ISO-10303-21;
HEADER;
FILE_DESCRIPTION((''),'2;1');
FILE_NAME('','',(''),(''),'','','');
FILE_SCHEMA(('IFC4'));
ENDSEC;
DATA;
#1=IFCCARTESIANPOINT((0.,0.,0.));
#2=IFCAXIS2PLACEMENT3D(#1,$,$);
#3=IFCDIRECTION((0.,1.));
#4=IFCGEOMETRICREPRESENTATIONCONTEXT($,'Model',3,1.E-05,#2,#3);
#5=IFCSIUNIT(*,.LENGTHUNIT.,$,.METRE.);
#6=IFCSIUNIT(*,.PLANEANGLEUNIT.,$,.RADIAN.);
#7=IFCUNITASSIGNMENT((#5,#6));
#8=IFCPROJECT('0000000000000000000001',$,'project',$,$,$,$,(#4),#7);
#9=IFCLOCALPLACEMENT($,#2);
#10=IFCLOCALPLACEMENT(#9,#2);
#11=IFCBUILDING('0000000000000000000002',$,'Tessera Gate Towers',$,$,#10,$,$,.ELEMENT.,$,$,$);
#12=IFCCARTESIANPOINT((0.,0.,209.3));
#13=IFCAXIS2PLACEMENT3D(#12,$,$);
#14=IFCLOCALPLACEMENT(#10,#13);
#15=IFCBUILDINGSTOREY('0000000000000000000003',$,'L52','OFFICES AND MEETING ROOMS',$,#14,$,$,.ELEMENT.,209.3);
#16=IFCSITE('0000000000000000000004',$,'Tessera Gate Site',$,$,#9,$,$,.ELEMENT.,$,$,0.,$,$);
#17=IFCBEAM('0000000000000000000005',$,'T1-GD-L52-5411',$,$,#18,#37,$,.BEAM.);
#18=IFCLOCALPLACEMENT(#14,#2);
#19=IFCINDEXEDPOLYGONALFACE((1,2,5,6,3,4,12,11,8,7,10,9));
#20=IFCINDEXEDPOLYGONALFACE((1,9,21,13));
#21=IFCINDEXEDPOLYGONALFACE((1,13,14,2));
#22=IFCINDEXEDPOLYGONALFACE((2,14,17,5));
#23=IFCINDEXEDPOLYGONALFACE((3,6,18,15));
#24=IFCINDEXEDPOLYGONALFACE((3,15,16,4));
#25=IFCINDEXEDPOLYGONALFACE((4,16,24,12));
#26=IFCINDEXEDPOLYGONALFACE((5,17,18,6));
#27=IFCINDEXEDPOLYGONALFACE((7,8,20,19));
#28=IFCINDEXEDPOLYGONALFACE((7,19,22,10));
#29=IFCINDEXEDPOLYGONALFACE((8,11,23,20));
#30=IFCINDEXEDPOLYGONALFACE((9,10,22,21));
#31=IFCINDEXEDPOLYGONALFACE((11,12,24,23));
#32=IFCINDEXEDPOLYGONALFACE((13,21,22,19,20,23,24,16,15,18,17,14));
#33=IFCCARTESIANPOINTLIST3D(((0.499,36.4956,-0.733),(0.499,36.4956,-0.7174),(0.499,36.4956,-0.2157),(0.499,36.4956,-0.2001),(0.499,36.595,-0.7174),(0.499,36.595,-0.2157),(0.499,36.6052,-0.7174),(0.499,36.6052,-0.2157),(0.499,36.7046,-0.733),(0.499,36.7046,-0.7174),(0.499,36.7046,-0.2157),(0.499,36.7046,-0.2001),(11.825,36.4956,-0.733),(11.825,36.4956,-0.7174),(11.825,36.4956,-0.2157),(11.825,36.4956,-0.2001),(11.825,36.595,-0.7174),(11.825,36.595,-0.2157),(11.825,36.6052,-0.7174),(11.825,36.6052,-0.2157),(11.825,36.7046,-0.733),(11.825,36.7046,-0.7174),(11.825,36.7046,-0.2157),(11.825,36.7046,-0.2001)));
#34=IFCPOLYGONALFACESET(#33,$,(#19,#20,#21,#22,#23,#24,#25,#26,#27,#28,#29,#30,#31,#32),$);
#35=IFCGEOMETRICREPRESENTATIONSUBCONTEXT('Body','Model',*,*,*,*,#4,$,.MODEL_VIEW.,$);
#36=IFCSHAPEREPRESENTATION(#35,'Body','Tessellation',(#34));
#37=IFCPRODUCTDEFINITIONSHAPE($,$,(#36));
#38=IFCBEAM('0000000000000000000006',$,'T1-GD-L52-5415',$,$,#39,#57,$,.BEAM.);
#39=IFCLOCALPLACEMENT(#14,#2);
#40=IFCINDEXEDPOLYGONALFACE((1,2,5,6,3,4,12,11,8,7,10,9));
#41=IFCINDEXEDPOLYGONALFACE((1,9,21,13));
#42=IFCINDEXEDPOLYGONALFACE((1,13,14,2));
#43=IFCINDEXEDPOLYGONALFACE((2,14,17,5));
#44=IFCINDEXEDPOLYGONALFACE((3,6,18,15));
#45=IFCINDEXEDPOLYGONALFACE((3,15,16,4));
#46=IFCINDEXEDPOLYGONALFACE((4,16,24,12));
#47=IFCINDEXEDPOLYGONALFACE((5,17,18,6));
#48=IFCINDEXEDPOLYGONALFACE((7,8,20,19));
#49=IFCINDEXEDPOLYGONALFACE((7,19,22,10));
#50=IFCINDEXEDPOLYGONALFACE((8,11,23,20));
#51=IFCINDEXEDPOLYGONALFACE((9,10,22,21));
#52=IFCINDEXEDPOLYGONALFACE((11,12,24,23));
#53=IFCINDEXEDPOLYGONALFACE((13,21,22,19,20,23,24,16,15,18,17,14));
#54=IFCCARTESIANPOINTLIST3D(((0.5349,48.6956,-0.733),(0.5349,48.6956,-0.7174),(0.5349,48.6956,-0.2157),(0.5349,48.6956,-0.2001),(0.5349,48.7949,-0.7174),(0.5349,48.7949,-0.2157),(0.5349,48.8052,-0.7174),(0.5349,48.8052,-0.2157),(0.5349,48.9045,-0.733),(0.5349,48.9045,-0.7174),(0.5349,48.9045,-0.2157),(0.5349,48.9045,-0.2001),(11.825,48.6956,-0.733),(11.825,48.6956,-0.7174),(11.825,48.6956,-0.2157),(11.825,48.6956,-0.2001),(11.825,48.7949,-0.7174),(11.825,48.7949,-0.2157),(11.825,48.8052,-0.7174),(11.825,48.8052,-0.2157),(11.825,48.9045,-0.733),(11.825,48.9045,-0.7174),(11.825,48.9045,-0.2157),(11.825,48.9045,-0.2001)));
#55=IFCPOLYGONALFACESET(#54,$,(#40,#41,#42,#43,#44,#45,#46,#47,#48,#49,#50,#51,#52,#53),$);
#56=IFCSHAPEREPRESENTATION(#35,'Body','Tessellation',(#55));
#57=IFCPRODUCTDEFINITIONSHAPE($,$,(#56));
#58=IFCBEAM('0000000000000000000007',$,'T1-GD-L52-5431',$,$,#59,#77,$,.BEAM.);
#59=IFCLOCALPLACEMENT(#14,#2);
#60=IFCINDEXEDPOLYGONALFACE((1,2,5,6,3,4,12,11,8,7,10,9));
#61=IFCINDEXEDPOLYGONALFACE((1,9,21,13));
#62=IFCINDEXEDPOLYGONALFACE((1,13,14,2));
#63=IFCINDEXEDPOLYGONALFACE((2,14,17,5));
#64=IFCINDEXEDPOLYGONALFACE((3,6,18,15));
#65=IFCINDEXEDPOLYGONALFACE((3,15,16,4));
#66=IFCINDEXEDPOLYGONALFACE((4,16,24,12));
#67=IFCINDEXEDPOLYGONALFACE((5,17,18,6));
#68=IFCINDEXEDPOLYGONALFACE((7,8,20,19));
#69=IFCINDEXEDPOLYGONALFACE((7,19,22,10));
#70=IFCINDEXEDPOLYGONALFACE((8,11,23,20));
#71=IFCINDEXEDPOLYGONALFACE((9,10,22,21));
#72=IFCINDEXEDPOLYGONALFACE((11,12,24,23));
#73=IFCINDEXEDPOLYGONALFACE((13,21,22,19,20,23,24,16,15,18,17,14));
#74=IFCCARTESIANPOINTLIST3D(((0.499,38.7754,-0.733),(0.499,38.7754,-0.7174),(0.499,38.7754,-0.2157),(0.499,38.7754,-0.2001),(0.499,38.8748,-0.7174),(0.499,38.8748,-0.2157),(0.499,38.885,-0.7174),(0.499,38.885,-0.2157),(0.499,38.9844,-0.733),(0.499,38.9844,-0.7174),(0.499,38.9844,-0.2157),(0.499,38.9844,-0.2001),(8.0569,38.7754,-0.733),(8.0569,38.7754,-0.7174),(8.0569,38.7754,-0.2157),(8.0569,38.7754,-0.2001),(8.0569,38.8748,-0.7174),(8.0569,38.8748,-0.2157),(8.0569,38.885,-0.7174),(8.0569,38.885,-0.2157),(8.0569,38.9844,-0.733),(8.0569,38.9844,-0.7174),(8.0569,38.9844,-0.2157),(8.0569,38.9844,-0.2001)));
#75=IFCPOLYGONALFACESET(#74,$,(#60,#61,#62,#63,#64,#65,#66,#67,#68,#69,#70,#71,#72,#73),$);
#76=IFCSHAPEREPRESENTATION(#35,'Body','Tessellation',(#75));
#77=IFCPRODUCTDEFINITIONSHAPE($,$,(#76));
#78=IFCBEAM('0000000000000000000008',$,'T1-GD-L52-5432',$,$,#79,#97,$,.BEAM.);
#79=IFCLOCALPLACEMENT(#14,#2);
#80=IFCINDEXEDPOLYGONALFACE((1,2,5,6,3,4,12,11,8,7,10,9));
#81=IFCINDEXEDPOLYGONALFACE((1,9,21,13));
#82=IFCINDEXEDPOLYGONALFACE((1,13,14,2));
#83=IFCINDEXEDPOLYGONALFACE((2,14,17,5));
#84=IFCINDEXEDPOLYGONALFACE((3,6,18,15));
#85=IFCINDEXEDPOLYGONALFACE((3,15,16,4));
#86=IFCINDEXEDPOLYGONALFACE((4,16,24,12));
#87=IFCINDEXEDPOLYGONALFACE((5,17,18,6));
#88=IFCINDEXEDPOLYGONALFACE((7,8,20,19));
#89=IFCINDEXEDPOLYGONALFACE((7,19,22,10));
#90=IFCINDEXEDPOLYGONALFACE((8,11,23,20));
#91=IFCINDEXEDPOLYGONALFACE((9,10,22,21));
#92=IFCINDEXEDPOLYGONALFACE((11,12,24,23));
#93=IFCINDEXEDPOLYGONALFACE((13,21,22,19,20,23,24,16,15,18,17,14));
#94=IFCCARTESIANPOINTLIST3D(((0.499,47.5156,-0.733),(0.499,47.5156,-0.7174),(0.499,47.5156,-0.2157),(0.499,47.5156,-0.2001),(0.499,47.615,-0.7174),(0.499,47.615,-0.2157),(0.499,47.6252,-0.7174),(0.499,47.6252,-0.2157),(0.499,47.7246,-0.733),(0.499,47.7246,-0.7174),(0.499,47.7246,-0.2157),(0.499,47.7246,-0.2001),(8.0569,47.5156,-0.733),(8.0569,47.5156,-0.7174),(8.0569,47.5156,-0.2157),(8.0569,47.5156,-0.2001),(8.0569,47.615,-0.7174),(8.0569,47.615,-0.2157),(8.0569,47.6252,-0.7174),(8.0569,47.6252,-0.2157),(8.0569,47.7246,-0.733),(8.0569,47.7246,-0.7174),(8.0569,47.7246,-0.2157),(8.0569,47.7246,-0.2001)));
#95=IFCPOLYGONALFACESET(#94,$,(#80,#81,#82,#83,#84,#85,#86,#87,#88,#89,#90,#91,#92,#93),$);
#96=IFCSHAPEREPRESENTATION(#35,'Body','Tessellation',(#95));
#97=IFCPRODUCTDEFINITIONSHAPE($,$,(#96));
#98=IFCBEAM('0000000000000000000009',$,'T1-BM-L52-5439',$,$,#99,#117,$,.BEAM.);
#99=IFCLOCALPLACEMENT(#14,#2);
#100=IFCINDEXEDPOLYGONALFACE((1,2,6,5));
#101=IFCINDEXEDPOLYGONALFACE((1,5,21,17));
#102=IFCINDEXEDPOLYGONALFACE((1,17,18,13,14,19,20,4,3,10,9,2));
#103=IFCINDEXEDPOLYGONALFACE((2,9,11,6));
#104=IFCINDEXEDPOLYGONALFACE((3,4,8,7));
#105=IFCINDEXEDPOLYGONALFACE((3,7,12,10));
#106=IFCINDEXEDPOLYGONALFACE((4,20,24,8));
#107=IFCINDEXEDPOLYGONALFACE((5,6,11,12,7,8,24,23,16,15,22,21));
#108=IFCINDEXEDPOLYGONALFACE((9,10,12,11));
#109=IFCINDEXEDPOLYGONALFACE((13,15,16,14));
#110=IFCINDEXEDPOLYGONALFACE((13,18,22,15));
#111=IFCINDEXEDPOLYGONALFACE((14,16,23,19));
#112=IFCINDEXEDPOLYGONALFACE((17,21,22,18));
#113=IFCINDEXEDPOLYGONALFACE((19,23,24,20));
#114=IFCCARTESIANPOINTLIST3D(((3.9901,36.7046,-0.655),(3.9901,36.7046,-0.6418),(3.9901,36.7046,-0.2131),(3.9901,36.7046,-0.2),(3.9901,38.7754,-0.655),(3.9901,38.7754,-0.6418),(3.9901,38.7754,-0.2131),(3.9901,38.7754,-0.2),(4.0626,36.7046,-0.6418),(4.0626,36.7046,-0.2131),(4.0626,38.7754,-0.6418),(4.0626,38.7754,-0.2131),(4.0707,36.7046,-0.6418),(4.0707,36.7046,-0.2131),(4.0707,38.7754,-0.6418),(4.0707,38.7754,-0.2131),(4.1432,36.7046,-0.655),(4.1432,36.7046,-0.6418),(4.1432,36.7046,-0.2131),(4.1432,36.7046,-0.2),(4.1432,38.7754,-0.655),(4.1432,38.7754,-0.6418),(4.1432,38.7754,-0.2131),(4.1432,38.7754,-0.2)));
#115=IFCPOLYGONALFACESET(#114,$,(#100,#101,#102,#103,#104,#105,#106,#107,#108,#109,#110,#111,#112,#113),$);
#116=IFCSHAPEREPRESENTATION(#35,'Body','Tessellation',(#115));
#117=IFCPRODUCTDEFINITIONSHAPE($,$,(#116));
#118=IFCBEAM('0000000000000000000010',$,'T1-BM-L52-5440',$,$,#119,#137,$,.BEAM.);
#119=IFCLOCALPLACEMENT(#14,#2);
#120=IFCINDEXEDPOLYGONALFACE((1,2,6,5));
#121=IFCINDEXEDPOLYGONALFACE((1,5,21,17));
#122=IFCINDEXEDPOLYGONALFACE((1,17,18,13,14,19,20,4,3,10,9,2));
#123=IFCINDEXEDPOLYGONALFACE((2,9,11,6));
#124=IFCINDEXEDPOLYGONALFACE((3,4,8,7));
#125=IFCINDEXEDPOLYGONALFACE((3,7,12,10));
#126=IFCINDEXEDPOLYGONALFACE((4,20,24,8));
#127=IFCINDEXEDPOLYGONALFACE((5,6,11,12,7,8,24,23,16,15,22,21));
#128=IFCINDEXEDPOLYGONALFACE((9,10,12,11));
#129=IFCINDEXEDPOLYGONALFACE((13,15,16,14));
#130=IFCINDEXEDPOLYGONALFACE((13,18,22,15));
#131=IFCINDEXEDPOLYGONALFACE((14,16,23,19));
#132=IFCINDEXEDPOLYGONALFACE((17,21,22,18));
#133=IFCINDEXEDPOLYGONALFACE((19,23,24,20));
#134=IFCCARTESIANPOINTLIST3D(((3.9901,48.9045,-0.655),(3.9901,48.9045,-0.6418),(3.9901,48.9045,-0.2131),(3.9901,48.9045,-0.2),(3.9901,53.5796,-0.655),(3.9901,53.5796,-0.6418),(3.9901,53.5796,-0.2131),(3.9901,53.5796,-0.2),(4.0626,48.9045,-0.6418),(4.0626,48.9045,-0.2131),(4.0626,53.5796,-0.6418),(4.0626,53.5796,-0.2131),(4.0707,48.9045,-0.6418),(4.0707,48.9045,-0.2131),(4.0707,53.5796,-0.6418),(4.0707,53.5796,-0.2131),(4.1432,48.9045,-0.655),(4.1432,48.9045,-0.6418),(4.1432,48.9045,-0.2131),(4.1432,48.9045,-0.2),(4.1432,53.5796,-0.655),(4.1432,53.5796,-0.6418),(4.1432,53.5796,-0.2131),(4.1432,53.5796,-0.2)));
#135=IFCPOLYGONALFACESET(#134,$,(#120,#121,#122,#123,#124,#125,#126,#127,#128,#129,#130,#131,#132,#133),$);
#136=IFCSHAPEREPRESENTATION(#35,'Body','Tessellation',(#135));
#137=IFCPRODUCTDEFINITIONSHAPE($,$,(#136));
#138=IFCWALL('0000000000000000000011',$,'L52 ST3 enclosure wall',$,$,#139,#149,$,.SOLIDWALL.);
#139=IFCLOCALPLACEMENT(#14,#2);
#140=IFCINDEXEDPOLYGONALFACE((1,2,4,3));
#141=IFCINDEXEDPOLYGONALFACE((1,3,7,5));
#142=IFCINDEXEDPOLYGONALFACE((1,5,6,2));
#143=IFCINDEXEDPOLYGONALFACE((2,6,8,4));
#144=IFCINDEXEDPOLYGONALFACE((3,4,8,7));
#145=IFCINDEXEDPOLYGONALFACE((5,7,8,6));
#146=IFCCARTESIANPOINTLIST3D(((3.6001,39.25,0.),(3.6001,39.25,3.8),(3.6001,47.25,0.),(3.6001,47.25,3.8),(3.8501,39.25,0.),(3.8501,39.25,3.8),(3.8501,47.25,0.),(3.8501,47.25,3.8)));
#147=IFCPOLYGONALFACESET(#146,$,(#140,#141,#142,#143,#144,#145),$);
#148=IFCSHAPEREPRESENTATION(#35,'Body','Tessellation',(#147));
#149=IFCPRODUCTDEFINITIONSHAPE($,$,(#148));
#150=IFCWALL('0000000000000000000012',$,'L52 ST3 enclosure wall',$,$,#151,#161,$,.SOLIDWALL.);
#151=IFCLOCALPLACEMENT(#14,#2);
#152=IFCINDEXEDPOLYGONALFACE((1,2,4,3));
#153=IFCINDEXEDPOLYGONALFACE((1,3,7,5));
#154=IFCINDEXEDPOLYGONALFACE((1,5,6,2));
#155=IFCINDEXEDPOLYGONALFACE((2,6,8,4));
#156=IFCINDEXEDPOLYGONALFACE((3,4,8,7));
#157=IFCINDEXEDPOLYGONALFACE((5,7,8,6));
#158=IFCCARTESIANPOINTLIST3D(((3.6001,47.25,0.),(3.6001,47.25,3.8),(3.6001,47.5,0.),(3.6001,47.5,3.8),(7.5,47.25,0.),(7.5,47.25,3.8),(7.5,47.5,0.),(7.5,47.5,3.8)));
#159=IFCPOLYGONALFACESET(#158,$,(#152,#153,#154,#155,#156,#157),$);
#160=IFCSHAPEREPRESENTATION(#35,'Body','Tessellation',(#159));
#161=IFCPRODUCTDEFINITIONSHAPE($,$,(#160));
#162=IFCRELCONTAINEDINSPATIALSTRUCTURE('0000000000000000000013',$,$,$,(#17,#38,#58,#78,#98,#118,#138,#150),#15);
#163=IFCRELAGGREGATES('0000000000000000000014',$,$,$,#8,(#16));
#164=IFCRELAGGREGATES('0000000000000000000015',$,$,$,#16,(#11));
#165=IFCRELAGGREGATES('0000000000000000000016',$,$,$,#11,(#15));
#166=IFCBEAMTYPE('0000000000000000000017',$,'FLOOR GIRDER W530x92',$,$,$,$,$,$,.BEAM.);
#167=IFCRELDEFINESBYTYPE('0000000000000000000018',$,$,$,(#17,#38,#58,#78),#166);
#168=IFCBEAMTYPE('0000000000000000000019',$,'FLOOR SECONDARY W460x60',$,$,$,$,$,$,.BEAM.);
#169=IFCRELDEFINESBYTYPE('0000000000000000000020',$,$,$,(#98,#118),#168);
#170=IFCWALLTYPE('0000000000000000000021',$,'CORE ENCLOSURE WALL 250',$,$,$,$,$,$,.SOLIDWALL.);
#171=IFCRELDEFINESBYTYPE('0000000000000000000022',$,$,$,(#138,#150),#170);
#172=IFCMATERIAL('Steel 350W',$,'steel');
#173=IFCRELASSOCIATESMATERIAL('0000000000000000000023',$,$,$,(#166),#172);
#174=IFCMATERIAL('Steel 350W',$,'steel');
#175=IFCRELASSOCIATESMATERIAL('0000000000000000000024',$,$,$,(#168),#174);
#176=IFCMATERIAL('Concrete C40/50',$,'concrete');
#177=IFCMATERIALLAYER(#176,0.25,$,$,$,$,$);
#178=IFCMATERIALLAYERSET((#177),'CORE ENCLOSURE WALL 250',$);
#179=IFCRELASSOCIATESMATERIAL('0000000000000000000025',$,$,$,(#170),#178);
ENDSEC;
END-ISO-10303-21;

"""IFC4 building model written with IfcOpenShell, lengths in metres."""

from ifc_helpers import new_model, si_unit, direction, frame, frame_2d, origin, origin_2d, place, context, subcontext, project, spatial, rectangle, i_section, extrude, material, layer, layer_set, material_profile, profile_set, type_object, element, save


model = new_model("IFC4")

# Units and contexts
model_context = context("Model", 3, precision=1e-05, world=origin(), true_north=direction((0.0, 1.0)))
body_context = subcontext(model_context, "Body", "Model", "MODEL_VIEW")
ifc_project = project(units=[si_unit("LENGTHUNIT", "METRE"), si_unit("PLANEANGLEUNIT", "RADIAN")], contexts=[model_context])

# Site, building, storey
site_placement = place(None, origin())
site = spatial("IfcSite", under=ifc_project, at=site_placement, Name="Tessera Gate Site", CompositionType="ELEMENT", RefElevation=0.0)
building_placement = place(site_placement, origin())
building = spatial("IfcBuilding", under=site, at=building_placement, Name="Tessera Gate Towers", CompositionType="ELEMENT")
storey_placement = place(building_placement, frame((0.0, 0.0, 209.3)))
storey = spatial("IfcBuildingStorey", under=building, at=storey_placement, Name="L52", Description="OFFICES AND MEETING ROOMS", CompositionType="ELEMENT", Elevation=209.3)

# Beams
ifc_material_1 = material(Name="Steel 350W", Category="steel")
ifc_material_profile_1 = material_profile(ifc_material_1, i_section(OverallWidth=0.209, OverallDepth=0.533, WebThickness=0.0103, FlangeThickness=0.0156, at=origin_2d()), Name="W530x92")
ifc_profile_set_1 = profile_set([ifc_material_profile_1], Name="Steel 350W")
beam_type_1 = type_object("IfcBeamType", Name="FLOOR GIRDER W530x92", PredefinedType="BEAM", material=ifc_profile_set_1)
beam_1_placement = place(storey_placement, frame((0.499, 36.6001, -0.4666), z_axis=(1.0, 0.0, 0.0), x_axis=(0.0, 1.0, 0.0)))
element("IfcBeam", 1, at=beam_1_placement, inside=storey, type_object=beam_type_1, Name="T1-GD-L52-5411", PredefinedType="BEAM", context=body_context, shape_type="SweptSolid", body=[
    extrude(i_section(OverallWidth=0.209, OverallDepth=0.533, WebThickness=0.0103, FlangeThickness=0.0156, at=origin_2d()), origin(), (0.0, 0.0, 1.0), 11.3259),
])
beam_2_placement = place(storey_placement, frame((0.5349, 48.8, -0.4666), z_axis=(1.0, 0.0, 0.0), x_axis=(0.0, 1.0, 0.0)))
element("IfcBeam", 2, at=beam_2_placement, inside=storey, type_object=beam_type_1, Name="T1-GD-L52-5415", PredefinedType="BEAM", context=body_context, shape_type="SweptSolid", body=[
    extrude(i_section(OverallWidth=0.209, OverallDepth=0.533, WebThickness=0.0103, FlangeThickness=0.0156, at=origin_2d()), origin(), (0.0, 0.0, 1.0), 11.29),
])
for number, where, z_axis, x_axis, name in (
    (3, (0.499, 38.8799, -0.4666), (1.0, 0.0, 0.0), (0.0, 1.0, 0.0), "T1-GD-L52-5431"),
    (4, (0.499, 47.6201, -0.4666), (1.0, 0.0, 0.0), (0.0, 1.0, 0.0), "T1-GD-L52-5432"),
):
    element("IfcBeam", number, at=place(storey_placement, frame(where, z_axis=z_axis, x_axis=x_axis)), inside=storey, type_object=beam_type_1, Name=name, PredefinedType="BEAM", context=body_context, shape_type="SweptSolid", body=[
        extrude(i_section(OverallWidth=0.209, OverallDepth=0.533, WebThickness=0.0103, FlangeThickness=0.0156, at=origin_2d()), origin(), (0.0, 0.0, 1.0), 7.5579),
    ])
ifc_material_2 = material(Name="Steel 350W", Category="steel")
ifc_material_profile_2 = material_profile(ifc_material_2, i_section(OverallWidth=0.1531, OverallDepth=0.4551, WebThickness=0.0081, FlangeThickness=0.0132, at=origin_2d()), Name="W460x60")
ifc_profile_set_2 = profile_set([ifc_material_profile_2], Name="Steel 350W")
beam_type_2 = type_object("IfcBeamType", Name="FLOOR SECONDARY W460x60", PredefinedType="BEAM", material=ifc_profile_set_2)
beam_3_placement = place(storey_placement, frame((4.0667, 36.7046, -0.4275), z_axis=(0.0, 1.0, 0.0), x_axis=(-1.0, 0.0, 0.0)))
element("IfcBeam", 5, at=beam_3_placement, inside=storey, type_object=beam_type_2, Name="T1-BM-L52-5439", PredefinedType="BEAM", context=body_context, shape_type="SweptSolid", body=[
    extrude(i_section(OverallWidth=0.1531, OverallDepth=0.4551, WebThickness=0.0081, FlangeThickness=0.0132, at=origin_2d()), origin(), (0.0, 0.0, 1.0), 2.0708),
])
beam_4_placement = place(storey_placement, frame((4.0667, 48.9045, -0.4275), z_axis=(0.0, 1.0, 0.0), x_axis=(-1.0, 0.0, 0.0)))
element("IfcBeam", 6, at=beam_4_placement, inside=storey, type_object=beam_type_2, Name="T1-BM-L52-5440", PredefinedType="BEAM", context=body_context, shape_type="SweptSolid", body=[
    extrude(i_section(OverallWidth=0.1531, OverallDepth=0.4551, WebThickness=0.0081, FlangeThickness=0.0132, at=origin_2d()), origin(), (0.0, 0.0, 1.0), 4.675),
])

# Walls
ifc_material_3 = material(Name="Concrete C40/50", Category="concrete")
ifc_layer_1 = layer(ifc_material_3, 0.25)
ifc_layer_set_1 = layer_set([ifc_layer_1], Name="CORE ENCLOSURE WALL 250")
wall_type_1 = type_object("IfcWallType", Name="CORE ENCLOSURE WALL 250", PredefinedType="SOLIDWALL", material=ifc_layer_set_1)
wall_1_placement = place(storey_placement, frame((3.7251, 39.25, 0.0), z_axis=(0.0, 0.0, 1.0), x_axis=(0.0, 1.0, 0.0)))
element("IfcWall", 7, at=wall_1_placement, inside=storey, type_object=wall_type_1, Name="L52 ST3 enclosure wall", PredefinedType="SOLIDWALL", context=body_context, shape_type="SweptSolid", body=[
    extrude(rectangle(XDim=8.0, YDim=0.25, at=frame_2d((4.0, 0.0))), origin(), (0.0, 0.0, 1.0), 3.8),
])
wall_2_placement = place(storey_placement, frame((3.6001, 47.375, 0.0), z_axis=(0.0, 0.0, 1.0), x_axis=(1.0, 0.0, 0.0)))
element("IfcWall", 8, at=wall_2_placement, inside=storey, type_object=wall_type_1, Name="L52 ST3 enclosure wall", PredefinedType="SOLIDWALL", context=body_context, shape_type="SweptSolid", body=[
    extrude(rectangle(XDim=3.8999, YDim=0.25, at=frame_2d((1.95, 0.0))), origin(), (0.0, 0.0, 1.0), 3.8),
])

save(model, "model.ifc")
